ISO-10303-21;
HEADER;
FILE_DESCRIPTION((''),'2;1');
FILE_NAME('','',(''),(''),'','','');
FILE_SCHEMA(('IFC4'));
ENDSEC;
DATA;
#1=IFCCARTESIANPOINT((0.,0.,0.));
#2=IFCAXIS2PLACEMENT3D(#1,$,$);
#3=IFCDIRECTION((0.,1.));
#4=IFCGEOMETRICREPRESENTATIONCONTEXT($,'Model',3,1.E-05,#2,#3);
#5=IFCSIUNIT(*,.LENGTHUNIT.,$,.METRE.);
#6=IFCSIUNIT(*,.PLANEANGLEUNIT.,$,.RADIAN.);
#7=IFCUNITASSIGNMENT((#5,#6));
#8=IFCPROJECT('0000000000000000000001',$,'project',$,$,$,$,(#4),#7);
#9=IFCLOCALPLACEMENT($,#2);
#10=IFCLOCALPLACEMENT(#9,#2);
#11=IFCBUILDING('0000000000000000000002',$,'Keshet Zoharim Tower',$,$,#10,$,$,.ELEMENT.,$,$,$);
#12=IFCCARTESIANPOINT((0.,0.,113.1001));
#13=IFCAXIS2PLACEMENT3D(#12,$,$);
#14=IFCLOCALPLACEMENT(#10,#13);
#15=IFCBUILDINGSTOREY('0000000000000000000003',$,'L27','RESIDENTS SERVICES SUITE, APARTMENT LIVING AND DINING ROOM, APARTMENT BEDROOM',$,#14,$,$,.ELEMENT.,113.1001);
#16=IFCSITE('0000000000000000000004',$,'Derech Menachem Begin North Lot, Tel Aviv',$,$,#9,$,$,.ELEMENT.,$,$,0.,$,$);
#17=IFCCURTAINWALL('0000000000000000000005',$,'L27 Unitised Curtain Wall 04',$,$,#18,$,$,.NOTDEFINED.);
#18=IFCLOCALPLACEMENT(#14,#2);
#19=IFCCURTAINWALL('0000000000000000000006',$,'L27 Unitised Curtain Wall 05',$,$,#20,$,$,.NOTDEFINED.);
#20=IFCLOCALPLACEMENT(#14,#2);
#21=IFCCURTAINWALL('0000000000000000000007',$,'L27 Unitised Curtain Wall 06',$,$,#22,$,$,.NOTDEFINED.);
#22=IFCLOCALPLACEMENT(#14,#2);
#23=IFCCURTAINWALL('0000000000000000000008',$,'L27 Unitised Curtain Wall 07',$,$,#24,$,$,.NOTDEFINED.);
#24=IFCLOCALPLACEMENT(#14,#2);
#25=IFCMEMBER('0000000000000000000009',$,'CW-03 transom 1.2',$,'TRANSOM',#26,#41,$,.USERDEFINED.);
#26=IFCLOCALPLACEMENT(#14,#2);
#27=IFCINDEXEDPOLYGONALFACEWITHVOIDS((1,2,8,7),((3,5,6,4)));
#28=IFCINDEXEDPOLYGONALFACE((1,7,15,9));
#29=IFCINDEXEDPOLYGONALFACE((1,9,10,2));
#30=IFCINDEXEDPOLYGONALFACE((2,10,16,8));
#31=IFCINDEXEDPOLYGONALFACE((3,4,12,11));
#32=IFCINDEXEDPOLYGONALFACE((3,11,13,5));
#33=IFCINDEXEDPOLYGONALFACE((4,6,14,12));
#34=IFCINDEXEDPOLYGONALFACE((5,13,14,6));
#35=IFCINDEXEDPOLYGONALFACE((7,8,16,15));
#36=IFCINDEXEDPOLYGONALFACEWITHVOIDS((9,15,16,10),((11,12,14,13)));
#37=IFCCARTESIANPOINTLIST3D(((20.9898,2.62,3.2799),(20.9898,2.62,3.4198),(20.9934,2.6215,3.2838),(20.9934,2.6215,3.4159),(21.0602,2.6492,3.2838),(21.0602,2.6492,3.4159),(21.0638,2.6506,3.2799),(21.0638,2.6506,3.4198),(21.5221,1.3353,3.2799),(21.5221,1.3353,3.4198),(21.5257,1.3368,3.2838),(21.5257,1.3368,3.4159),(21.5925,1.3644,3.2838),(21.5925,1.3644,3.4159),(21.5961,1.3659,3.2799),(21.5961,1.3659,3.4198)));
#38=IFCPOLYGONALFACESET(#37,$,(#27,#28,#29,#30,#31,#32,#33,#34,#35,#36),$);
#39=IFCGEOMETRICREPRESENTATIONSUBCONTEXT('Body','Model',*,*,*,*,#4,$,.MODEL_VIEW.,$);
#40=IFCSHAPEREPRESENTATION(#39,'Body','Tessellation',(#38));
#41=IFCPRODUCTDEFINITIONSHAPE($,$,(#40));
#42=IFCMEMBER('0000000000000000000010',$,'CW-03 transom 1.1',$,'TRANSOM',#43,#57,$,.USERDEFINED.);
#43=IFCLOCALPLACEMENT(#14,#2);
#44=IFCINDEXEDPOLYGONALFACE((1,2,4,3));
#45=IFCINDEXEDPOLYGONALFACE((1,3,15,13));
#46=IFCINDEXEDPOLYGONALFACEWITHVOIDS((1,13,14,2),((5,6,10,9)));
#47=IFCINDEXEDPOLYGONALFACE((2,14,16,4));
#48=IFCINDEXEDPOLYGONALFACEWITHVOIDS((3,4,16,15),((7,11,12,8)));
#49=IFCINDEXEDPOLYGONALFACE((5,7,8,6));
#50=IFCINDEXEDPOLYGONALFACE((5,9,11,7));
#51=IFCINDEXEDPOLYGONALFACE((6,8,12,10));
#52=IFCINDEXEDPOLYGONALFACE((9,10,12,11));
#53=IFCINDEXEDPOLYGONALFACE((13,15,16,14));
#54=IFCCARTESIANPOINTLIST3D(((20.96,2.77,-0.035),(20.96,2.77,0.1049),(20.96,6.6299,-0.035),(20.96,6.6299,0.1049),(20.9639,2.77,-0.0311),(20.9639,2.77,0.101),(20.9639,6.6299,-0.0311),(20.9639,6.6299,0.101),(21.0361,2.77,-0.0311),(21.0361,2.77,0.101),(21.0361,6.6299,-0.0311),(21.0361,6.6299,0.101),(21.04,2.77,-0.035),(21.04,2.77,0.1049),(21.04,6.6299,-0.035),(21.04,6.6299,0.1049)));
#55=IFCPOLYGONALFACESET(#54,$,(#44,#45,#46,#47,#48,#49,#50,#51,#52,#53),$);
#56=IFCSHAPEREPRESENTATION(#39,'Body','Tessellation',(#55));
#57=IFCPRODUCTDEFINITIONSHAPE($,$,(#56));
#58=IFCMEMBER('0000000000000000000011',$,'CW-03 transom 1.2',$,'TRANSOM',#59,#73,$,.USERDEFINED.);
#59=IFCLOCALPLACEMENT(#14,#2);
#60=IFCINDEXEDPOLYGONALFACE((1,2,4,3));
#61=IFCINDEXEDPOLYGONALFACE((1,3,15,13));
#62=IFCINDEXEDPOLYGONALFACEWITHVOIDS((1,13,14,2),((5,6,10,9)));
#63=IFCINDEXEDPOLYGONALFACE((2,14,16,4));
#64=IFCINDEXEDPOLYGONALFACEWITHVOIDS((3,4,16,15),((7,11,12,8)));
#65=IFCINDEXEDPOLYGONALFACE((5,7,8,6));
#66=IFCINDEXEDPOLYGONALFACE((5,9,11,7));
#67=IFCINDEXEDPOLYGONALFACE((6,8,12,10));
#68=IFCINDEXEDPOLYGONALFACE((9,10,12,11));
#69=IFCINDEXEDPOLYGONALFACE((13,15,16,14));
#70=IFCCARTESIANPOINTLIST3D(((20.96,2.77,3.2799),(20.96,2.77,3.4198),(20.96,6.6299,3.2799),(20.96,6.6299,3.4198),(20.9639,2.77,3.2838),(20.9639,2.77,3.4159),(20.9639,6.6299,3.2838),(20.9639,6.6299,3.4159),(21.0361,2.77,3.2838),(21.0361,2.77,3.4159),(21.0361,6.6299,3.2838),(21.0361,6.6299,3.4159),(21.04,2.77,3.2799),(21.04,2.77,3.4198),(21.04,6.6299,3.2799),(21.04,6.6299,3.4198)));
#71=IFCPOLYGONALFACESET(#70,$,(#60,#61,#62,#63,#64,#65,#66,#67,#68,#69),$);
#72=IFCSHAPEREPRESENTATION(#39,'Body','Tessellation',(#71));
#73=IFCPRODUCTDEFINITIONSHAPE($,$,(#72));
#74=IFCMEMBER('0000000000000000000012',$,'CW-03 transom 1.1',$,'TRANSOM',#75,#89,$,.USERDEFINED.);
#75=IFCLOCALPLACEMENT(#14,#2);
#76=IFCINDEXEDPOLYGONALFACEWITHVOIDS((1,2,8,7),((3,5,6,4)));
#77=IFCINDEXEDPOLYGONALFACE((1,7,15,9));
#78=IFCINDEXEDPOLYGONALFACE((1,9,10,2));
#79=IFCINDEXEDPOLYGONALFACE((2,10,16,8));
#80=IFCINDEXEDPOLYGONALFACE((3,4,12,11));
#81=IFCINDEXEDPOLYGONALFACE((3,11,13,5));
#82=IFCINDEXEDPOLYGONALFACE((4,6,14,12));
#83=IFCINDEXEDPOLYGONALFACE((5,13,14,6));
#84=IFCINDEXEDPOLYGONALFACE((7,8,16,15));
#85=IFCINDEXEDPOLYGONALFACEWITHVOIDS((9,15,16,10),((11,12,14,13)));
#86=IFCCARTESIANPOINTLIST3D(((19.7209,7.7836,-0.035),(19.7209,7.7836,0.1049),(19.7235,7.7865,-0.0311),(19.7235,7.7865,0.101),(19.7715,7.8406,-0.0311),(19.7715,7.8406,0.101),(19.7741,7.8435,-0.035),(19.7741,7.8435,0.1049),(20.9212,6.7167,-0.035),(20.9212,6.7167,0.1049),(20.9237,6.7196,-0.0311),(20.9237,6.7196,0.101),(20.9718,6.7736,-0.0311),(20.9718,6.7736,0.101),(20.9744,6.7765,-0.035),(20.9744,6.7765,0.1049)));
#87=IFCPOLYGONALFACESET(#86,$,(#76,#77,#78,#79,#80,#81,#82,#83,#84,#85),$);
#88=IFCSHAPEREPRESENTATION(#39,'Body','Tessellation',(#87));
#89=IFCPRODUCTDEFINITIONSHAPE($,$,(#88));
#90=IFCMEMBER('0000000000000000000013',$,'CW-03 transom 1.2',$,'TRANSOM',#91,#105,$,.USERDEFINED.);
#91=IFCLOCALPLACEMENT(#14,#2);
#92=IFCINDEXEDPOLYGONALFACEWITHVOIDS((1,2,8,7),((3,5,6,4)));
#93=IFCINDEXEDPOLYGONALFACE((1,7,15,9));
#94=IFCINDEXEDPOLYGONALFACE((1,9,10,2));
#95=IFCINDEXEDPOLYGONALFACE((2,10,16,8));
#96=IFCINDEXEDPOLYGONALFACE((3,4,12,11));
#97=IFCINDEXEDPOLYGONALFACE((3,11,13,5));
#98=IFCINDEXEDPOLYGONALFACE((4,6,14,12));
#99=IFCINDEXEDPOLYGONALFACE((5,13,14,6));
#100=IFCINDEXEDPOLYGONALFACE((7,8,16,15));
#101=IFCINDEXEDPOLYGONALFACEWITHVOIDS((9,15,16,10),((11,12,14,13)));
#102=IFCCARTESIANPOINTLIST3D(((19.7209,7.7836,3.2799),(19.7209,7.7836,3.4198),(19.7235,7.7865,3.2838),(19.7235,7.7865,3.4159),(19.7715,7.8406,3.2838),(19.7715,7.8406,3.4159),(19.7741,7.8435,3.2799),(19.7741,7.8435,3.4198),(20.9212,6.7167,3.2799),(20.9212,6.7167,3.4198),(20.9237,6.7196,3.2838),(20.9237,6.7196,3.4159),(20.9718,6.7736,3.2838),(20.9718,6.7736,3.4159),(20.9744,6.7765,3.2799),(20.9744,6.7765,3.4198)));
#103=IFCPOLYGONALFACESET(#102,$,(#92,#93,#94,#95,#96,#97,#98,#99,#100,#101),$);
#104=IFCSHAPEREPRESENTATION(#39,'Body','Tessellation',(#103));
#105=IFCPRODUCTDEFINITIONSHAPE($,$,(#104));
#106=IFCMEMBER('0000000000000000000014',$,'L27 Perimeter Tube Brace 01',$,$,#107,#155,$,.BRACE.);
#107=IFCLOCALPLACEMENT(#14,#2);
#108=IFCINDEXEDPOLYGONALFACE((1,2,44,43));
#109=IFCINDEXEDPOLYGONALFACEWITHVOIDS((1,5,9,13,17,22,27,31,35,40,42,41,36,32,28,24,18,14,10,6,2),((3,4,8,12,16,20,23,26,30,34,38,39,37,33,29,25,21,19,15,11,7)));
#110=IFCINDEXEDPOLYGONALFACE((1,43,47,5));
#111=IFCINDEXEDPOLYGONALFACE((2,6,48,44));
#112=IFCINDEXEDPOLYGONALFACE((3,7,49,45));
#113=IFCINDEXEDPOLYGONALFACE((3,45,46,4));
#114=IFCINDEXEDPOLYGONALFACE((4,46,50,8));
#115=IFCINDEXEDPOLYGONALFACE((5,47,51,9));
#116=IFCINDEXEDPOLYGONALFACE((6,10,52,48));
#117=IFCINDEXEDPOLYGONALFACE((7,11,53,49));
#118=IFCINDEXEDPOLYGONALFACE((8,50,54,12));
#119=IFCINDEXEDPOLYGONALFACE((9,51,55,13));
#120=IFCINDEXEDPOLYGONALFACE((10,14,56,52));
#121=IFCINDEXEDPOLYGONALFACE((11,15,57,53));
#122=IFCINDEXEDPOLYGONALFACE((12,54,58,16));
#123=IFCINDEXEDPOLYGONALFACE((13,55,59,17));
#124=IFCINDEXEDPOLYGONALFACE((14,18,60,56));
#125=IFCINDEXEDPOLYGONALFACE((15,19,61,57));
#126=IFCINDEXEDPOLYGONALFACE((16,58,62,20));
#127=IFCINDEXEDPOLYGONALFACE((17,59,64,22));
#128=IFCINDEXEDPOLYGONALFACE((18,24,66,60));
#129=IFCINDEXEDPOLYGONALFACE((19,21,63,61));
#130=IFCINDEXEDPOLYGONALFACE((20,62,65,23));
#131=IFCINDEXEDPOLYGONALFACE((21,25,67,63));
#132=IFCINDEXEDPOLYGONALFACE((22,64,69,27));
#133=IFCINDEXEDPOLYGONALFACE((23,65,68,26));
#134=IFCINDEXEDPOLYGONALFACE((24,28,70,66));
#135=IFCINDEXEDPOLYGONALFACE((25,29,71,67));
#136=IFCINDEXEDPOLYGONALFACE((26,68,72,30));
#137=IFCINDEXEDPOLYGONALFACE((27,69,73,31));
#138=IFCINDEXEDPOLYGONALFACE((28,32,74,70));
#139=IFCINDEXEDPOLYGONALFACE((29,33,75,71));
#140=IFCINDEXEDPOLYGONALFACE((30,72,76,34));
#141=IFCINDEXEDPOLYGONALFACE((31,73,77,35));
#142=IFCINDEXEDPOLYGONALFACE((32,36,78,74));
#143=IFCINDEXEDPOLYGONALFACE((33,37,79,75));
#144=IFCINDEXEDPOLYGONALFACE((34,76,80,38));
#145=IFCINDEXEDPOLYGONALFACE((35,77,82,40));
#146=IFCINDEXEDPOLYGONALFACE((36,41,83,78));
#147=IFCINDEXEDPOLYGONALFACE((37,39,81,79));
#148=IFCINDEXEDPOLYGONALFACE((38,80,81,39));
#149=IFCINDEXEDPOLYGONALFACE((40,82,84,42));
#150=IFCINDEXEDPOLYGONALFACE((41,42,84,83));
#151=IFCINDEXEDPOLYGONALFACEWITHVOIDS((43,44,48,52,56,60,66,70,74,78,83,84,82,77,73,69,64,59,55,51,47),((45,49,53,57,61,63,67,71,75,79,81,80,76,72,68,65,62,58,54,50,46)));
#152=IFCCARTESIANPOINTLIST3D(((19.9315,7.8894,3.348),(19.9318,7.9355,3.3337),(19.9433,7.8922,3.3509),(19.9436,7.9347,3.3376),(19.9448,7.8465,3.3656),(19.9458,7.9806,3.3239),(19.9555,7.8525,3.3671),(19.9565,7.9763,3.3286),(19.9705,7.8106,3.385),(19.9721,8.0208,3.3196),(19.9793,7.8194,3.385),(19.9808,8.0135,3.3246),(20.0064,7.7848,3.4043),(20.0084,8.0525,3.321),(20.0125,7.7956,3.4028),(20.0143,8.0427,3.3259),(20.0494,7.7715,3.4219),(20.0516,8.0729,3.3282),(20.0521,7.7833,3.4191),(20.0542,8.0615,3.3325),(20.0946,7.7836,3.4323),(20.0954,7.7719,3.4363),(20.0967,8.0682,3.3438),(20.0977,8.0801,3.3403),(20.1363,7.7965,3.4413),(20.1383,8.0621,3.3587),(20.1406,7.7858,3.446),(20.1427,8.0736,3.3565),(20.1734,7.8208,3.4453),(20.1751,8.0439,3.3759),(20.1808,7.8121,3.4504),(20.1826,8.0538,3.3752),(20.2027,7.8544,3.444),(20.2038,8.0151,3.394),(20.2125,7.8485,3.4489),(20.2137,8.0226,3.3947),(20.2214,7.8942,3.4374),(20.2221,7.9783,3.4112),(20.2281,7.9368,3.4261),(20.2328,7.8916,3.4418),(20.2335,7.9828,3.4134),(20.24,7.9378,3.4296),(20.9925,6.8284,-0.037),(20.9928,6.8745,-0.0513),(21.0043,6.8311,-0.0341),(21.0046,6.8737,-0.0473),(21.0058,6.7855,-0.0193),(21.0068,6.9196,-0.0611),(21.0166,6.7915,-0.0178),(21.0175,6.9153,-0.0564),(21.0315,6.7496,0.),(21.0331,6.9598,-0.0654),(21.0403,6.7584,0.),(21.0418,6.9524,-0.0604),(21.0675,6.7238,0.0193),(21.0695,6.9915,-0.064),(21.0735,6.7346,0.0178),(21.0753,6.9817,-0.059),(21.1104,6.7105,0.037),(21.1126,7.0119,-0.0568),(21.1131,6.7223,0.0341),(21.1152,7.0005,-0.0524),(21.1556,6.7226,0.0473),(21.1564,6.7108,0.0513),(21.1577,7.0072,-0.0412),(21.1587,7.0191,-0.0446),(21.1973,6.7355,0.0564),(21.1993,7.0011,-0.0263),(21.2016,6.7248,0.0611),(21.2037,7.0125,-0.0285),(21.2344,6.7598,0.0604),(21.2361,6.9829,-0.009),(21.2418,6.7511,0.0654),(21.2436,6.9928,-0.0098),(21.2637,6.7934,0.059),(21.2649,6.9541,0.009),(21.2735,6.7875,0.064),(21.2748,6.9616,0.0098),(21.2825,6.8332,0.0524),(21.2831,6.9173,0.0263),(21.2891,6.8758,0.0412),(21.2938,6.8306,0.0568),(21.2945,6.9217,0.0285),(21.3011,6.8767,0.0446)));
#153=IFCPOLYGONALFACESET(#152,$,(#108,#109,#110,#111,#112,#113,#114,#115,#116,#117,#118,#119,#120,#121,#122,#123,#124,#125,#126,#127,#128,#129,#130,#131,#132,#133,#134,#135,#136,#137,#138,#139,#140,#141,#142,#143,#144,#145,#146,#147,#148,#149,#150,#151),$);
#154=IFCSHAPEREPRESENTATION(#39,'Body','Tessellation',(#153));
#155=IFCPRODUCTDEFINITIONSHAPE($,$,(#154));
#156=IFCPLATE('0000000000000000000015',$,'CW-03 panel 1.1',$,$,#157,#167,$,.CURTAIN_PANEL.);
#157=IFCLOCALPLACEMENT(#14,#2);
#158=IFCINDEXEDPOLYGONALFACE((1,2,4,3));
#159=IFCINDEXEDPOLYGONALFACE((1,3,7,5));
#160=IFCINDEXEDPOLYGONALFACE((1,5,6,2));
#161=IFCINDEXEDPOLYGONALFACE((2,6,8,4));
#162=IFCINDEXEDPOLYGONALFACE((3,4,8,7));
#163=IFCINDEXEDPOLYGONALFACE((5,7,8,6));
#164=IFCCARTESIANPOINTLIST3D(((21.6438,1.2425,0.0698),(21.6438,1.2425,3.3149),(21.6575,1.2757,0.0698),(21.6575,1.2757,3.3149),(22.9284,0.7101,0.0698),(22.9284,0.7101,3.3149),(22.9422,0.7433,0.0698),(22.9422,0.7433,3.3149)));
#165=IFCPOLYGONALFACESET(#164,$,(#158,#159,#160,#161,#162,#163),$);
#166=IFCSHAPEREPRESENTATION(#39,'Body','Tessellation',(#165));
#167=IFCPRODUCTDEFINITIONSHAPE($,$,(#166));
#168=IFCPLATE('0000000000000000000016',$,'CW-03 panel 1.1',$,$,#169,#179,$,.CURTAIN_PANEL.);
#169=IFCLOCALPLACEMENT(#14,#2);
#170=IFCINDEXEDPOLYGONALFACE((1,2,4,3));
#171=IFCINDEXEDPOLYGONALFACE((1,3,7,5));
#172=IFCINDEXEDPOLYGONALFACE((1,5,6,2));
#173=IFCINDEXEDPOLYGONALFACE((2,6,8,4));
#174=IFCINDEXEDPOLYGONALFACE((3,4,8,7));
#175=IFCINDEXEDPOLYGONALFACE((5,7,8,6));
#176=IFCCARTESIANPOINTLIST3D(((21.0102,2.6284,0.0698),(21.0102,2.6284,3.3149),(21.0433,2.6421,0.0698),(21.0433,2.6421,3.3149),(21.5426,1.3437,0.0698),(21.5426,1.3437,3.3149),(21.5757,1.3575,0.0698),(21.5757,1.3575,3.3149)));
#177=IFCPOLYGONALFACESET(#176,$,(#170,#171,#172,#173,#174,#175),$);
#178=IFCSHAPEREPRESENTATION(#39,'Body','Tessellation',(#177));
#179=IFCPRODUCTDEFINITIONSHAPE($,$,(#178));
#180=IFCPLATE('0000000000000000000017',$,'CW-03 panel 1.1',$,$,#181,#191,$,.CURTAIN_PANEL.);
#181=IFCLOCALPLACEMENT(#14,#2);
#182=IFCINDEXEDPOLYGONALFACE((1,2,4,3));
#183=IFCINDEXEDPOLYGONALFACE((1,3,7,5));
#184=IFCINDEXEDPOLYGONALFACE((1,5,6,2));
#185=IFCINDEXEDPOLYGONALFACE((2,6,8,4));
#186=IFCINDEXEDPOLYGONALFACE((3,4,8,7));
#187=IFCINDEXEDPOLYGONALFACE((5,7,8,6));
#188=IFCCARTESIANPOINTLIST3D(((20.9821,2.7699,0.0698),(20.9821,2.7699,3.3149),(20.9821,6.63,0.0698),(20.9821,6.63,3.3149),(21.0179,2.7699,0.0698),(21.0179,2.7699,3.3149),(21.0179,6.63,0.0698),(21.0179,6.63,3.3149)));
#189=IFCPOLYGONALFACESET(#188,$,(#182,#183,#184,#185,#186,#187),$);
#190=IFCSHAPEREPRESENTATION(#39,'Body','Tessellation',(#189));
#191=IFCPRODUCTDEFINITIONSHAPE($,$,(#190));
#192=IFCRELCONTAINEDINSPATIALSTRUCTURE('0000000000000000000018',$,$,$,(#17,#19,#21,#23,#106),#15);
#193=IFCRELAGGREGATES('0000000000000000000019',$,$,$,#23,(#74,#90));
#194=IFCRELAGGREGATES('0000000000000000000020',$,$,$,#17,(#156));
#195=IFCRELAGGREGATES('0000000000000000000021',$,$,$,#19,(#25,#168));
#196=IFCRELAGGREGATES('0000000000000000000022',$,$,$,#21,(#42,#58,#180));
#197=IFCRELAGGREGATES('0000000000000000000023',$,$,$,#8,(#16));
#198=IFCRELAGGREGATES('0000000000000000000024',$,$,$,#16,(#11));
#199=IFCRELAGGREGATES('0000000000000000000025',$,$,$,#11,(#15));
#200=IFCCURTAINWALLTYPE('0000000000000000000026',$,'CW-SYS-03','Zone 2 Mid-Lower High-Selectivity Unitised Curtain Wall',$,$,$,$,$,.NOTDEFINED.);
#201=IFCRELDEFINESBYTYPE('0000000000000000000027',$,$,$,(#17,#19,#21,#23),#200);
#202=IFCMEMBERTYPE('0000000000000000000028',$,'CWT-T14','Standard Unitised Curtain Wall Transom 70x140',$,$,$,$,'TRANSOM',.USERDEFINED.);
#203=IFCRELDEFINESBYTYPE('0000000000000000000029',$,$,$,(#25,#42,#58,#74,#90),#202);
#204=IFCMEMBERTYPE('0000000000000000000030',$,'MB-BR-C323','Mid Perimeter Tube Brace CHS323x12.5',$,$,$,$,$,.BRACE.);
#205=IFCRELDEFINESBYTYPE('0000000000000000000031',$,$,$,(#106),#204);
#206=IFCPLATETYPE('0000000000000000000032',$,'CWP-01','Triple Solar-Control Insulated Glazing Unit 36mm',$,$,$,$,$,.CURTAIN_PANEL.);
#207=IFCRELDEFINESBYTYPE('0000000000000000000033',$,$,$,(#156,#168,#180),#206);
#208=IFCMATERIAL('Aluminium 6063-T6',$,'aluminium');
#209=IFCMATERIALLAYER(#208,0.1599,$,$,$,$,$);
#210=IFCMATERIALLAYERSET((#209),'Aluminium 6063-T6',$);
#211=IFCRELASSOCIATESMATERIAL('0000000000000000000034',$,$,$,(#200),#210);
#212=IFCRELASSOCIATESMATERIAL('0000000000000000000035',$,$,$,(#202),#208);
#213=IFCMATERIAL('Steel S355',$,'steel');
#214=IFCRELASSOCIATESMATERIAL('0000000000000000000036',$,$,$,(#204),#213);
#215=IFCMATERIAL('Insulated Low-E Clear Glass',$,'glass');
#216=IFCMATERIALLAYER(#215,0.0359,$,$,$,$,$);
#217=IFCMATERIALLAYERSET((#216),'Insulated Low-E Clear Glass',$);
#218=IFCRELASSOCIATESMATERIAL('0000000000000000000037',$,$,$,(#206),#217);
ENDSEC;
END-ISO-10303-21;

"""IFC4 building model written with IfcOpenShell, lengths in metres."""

from ifc_helpers import new_model, si_unit, direction, frame, origin, origin_2d, place, context, subcontext, project, spatial, rectangle, hollow_rectangle, hollow_circle, extrude, material, layer, layer_set, material_profile, profile_set, type_object, element, aggregate, save


model = new_model("IFC4")

# Units and contexts
model_context = context("Model", 3, precision=1e-05, world=origin(), true_north=direction((0.0, 1.0)))
body_context = subcontext(model_context, "Body", "Model", "MODEL_VIEW")
ifc_project = project(units=[si_unit("LENGTHUNIT", "METRE"), si_unit("PLANEANGLEUNIT", "RADIAN")], contexts=[model_context])

# Site, building, storey
site_placement = place(None, origin())
site = spatial("IfcSite", under=ifc_project, at=site_placement, Name="Derech Menachem Begin North Lot, Tel Aviv", CompositionType="ELEMENT", RefElevation=0.0)
building_placement = place(site_placement, origin())
building = spatial("IfcBuilding", under=site, at=building_placement, Name="Keshet Zoharim Tower", CompositionType="ELEMENT")
storey_placement = place(building_placement, frame((0.0, 0.0, 113.1001)))
storey = spatial("IfcBuildingStorey", under=building, at=storey_placement, Name="L27", Description="RESIDENTS SERVICES SUITE, APARTMENT LIVING AND DINING ROOM, APARTMENT BEDROOM", CompositionType="ELEMENT", Elevation=113.1001)

# Shared definitions
ifc_material_1 = material(Name="Steel S355", Category="steel")

# Shared definitions
ifc_material_2 = material(Name="Aluminium 6063-T6", Category="aluminium")
ifc_layer_1 = layer(ifc_material_2, 0.1599)
ifc_layer_set_1 = layer_set([ifc_layer_1], Name="Aluminium 6063-T6")
curtain_wall_type = type_object("IfcCurtainWallType", Name="CW-SYS-03", Description="Zone 2 Mid-Lower High-Selectivity Unitised Curtain Wall", PredefinedType="NOTDEFINED", material=ifc_layer_set_1)

# Curtain walls
curtain_wall_1_placement = place(storey_placement, origin())
curtain_wall_1 = element("IfcCurtainWall", 1, at=curtain_wall_1_placement, inside=storey, type_object=curtain_wall_type, Name="L27 Unitised Curtain Wall 04", PredefinedType="NOTDEFINED")
curtain_wall_2_placement = place(storey_placement, origin())
curtain_wall_2 = element("IfcCurtainWall", 2, at=curtain_wall_2_placement, inside=storey, type_object=curtain_wall_type, Name="L27 Unitised Curtain Wall 05", PredefinedType="NOTDEFINED")
curtain_wall_3_placement = place(storey_placement, origin())
curtain_wall_3 = element("IfcCurtainWall", 3, at=curtain_wall_3_placement, inside=storey, type_object=curtain_wall_type, Name="L27 Unitised Curtain Wall 06", PredefinedType="NOTDEFINED")

# Curtain wall
curtain_wall_4_placement = place(storey_placement, origin())
curtain_wall_4 = element("IfcCurtainWall", 4, at=curtain_wall_4_placement, inside=storey, type_object=curtain_wall_type, Name="L27 Unitised Curtain Wall 07", PredefinedType="NOTDEFINED")

# Members
ifc_material_profile_1 = material_profile(ifc_material_2, hollow_rectangle(XDim=0.0801, YDim=0.1399, WallThickness=0.0039, at=origin_2d()), Name="TRN-80x140")
ifc_profile_set_1 = profile_set([ifc_material_profile_1], Name="Aluminium 6063-T6")
member_type_1 = type_object("IfcMemberType", Name="CWT-T14", Description="Standard Unitised Curtain Wall Transom 70x140", ElementType="TRANSOM", PredefinedType="USERDEFINED", material=ifc_profile_set_1)
member_1_placement = place(storey_placement, frame((21.5591, 1.3506, 3.3499), z_axis=(-0.382745, 0.923854, 0.0), x_axis=(-0.923854, -0.382745, 0.0)))
member_1 = element("IfcMember", 5, at=member_1_placement, type_object=member_type_1, Name="CW-03 transom 1.2", ObjectType="TRANSOM", PredefinedType="USERDEFINED", context=body_context, shape_type="SweptSolid", body=[
    extrude(hollow_rectangle(XDim=0.0801, YDim=0.1399, WallThickness=0.0039, at=origin_2d()), origin(), (0.0, 0.0, 1.0), 1.3906),
])
member_2_placement = place(storey_placement, frame((21.0, 2.77, 0.0349), z_axis=(0.0, 1.0, 0.0), x_axis=(-1.0, 0.0, 0.0)))
member_2 = element("IfcMember", 6, at=member_2_placement, type_object=member_type_1, Name="CW-03 transom 1.1", ObjectType="TRANSOM", PredefinedType="USERDEFINED", context=body_context, shape_type="SweptSolid", body=[
    extrude(hollow_rectangle(XDim=0.0801, YDim=0.1399, WallThickness=0.0039, at=origin_2d()), origin(), (0.0, 0.0, 1.0), 3.8599),
])
member_3_placement = place(storey_placement, frame((21.0, 2.77, 3.3499), z_axis=(0.0, 1.0, 0.0), x_axis=(-1.0, 0.0, 0.0)))
member_3 = element("IfcMember", 7, at=member_3_placement, type_object=member_type_1, Name="CW-03 transom 1.2", ObjectType="TRANSOM", PredefinedType="USERDEFINED", context=body_context, shape_type="SweptSolid", body=[
    extrude(hollow_rectangle(XDim=0.0801, YDim=0.1399, WallThickness=0.0039, at=origin_2d()), origin(), (0.0, 0.0, 1.0), 3.8599),
])
member_4_placement = place(storey_placement, frame((20.9478, 6.7466, 0.0349), z_axis=(-0.747393, 0.664383, 0.0), x_axis=(-0.664383, -0.747393, 0.0)))
member_4 = element("IfcMember", 8, at=member_4_placement, type_object=member_type_1, Name="CW-03 transom 1.1", ObjectType="TRANSOM", PredefinedType="USERDEFINED", context=body_context, shape_type="SweptSolid", body=[
    extrude(hollow_rectangle(XDim=0.0801, YDim=0.1399, WallThickness=0.0039, at=origin_2d()), origin(), (0.0, 0.0, 1.0), 1.606),
])
member_5_placement = place(storey_placement, frame((20.9478, 6.7466, 3.3499), z_axis=(-0.747393, 0.664383, 0.0), x_axis=(-0.664383, -0.747393, 0.0)))
member_5 = element("IfcMember", 9, at=member_5_placement, type_object=member_type_1, Name="CW-03 transom 1.2", ObjectType="TRANSOM", PredefinedType="USERDEFINED", context=body_context, shape_type="SweptSolid", body=[
    extrude(hollow_rectangle(XDim=0.0801, YDim=0.1399, WallThickness=0.0039, at=origin_2d()), origin(), (0.0, 0.0, 1.0), 1.606),
])
aggregate(curtain_wall_4, [member_4, member_5])
ifc_material_profile_2 = material_profile(ifc_material_1, hollow_circle(Radius=0.1619, WallThickness=0.0125, at=origin_2d()), Name="CHS323x12.5")
ifc_profile_set_2 = profile_set([ifc_material_profile_2], Name="Steel S355")
member_type_2 = type_object("IfcMemberType", Name="MB-BR-C323", Description="Mid Perimeter Tube Brace CHS323x12.5", PredefinedType="BRACE", material=ifc_profile_set_2)
member_6_placement = place(storey_placement, frame((21.146, 6.864, 0.0), z_axis=(-0.286558, 0.286558, 0.914204), x_axis=(-0.707107, -0.707107, 0.0)))
element("IfcMember", 10, at=member_6_placement, inside=storey, type_object=member_type_2, Name="L27 Perimeter Tube Brace 01", PredefinedType="BRACE", context=body_context, shape_type="SweptSolid", body=[
    extrude(hollow_circle(Radius=0.1619, WallThickness=0.0125, at=origin_2d()), origin(), (0.0, 0.0, 1.0), 3.7026),
])

# Plates
ifc_material_3 = material(Name="Insulated Low-E Clear Glass", Category="glass")
ifc_layer_2 = layer(ifc_material_3, 0.0359)
ifc_layer_set_2 = layer_set([ifc_layer_2], Name="Insulated Low-E Clear Glass")
plate_type = type_object("IfcPlateType", Name="CWP-01", Description="Triple Solar-Control Insulated Glazing Unit 36mm", PredefinedType="CURTAIN_PANEL", material=ifc_layer_set_2)
plate_1_placement = place(storey_placement, frame((22.293, 0.9929, 0.0698), z_axis=(0.0, 0.0, 1.0), x_axis=(-0.92381, 0.382852, 0.0)))
plate_1 = element("IfcPlate", 11, at=plate_1_placement, type_object=plate_type, Name="CW-03 panel 1.1", PredefinedType="CURTAIN_PANEL", context=body_context, shape_type="SweptSolid", body=[
    extrude(rectangle(XDim=1.3906, YDim=0.0359, at=origin_2d()), origin(), (0.0, 0.0, 1.0), 3.2451),
])
aggregate(curtain_wall_1, [plate_1])
plate_2_placement = place(storey_placement, frame((21.293, 1.9929, 0.0698), z_axis=(0.0, 0.0, 1.0), x_axis=(-0.382852, 0.92381, 0.0)))
plate_2 = element("IfcPlate", 12, at=plate_2_placement, type_object=plate_type, Name="CW-03 panel 1.1", PredefinedType="CURTAIN_PANEL", context=body_context, shape_type="SweptSolid", body=[
    extrude(rectangle(XDim=1.3906, YDim=0.0359, at=origin_2d()), origin(), (0.0, 0.0, 1.0), 3.2451),
])
aggregate(curtain_wall_2, [member_1, plate_2])
plate_3_placement = place(storey_placement, frame((21.0, 4.7, 0.0698), z_axis=(0.0, 0.0, 1.0), x_axis=(0.0, 1.0, 0.0)))
plate_3 = element("IfcPlate", 13, at=plate_3_placement, type_object=plate_type, Name="CW-03 panel 1.1", PredefinedType="CURTAIN_PANEL", context=body_context, shape_type="SweptSolid", body=[
    extrude(rectangle(XDim=3.8601, YDim=0.0359, at=origin_2d()), origin(), (0.0, 0.0, 1.0), 3.2451),
])
aggregate(curtain_wall_3, [member_2, member_3, plate_3])

save(model, "model.ifc")
